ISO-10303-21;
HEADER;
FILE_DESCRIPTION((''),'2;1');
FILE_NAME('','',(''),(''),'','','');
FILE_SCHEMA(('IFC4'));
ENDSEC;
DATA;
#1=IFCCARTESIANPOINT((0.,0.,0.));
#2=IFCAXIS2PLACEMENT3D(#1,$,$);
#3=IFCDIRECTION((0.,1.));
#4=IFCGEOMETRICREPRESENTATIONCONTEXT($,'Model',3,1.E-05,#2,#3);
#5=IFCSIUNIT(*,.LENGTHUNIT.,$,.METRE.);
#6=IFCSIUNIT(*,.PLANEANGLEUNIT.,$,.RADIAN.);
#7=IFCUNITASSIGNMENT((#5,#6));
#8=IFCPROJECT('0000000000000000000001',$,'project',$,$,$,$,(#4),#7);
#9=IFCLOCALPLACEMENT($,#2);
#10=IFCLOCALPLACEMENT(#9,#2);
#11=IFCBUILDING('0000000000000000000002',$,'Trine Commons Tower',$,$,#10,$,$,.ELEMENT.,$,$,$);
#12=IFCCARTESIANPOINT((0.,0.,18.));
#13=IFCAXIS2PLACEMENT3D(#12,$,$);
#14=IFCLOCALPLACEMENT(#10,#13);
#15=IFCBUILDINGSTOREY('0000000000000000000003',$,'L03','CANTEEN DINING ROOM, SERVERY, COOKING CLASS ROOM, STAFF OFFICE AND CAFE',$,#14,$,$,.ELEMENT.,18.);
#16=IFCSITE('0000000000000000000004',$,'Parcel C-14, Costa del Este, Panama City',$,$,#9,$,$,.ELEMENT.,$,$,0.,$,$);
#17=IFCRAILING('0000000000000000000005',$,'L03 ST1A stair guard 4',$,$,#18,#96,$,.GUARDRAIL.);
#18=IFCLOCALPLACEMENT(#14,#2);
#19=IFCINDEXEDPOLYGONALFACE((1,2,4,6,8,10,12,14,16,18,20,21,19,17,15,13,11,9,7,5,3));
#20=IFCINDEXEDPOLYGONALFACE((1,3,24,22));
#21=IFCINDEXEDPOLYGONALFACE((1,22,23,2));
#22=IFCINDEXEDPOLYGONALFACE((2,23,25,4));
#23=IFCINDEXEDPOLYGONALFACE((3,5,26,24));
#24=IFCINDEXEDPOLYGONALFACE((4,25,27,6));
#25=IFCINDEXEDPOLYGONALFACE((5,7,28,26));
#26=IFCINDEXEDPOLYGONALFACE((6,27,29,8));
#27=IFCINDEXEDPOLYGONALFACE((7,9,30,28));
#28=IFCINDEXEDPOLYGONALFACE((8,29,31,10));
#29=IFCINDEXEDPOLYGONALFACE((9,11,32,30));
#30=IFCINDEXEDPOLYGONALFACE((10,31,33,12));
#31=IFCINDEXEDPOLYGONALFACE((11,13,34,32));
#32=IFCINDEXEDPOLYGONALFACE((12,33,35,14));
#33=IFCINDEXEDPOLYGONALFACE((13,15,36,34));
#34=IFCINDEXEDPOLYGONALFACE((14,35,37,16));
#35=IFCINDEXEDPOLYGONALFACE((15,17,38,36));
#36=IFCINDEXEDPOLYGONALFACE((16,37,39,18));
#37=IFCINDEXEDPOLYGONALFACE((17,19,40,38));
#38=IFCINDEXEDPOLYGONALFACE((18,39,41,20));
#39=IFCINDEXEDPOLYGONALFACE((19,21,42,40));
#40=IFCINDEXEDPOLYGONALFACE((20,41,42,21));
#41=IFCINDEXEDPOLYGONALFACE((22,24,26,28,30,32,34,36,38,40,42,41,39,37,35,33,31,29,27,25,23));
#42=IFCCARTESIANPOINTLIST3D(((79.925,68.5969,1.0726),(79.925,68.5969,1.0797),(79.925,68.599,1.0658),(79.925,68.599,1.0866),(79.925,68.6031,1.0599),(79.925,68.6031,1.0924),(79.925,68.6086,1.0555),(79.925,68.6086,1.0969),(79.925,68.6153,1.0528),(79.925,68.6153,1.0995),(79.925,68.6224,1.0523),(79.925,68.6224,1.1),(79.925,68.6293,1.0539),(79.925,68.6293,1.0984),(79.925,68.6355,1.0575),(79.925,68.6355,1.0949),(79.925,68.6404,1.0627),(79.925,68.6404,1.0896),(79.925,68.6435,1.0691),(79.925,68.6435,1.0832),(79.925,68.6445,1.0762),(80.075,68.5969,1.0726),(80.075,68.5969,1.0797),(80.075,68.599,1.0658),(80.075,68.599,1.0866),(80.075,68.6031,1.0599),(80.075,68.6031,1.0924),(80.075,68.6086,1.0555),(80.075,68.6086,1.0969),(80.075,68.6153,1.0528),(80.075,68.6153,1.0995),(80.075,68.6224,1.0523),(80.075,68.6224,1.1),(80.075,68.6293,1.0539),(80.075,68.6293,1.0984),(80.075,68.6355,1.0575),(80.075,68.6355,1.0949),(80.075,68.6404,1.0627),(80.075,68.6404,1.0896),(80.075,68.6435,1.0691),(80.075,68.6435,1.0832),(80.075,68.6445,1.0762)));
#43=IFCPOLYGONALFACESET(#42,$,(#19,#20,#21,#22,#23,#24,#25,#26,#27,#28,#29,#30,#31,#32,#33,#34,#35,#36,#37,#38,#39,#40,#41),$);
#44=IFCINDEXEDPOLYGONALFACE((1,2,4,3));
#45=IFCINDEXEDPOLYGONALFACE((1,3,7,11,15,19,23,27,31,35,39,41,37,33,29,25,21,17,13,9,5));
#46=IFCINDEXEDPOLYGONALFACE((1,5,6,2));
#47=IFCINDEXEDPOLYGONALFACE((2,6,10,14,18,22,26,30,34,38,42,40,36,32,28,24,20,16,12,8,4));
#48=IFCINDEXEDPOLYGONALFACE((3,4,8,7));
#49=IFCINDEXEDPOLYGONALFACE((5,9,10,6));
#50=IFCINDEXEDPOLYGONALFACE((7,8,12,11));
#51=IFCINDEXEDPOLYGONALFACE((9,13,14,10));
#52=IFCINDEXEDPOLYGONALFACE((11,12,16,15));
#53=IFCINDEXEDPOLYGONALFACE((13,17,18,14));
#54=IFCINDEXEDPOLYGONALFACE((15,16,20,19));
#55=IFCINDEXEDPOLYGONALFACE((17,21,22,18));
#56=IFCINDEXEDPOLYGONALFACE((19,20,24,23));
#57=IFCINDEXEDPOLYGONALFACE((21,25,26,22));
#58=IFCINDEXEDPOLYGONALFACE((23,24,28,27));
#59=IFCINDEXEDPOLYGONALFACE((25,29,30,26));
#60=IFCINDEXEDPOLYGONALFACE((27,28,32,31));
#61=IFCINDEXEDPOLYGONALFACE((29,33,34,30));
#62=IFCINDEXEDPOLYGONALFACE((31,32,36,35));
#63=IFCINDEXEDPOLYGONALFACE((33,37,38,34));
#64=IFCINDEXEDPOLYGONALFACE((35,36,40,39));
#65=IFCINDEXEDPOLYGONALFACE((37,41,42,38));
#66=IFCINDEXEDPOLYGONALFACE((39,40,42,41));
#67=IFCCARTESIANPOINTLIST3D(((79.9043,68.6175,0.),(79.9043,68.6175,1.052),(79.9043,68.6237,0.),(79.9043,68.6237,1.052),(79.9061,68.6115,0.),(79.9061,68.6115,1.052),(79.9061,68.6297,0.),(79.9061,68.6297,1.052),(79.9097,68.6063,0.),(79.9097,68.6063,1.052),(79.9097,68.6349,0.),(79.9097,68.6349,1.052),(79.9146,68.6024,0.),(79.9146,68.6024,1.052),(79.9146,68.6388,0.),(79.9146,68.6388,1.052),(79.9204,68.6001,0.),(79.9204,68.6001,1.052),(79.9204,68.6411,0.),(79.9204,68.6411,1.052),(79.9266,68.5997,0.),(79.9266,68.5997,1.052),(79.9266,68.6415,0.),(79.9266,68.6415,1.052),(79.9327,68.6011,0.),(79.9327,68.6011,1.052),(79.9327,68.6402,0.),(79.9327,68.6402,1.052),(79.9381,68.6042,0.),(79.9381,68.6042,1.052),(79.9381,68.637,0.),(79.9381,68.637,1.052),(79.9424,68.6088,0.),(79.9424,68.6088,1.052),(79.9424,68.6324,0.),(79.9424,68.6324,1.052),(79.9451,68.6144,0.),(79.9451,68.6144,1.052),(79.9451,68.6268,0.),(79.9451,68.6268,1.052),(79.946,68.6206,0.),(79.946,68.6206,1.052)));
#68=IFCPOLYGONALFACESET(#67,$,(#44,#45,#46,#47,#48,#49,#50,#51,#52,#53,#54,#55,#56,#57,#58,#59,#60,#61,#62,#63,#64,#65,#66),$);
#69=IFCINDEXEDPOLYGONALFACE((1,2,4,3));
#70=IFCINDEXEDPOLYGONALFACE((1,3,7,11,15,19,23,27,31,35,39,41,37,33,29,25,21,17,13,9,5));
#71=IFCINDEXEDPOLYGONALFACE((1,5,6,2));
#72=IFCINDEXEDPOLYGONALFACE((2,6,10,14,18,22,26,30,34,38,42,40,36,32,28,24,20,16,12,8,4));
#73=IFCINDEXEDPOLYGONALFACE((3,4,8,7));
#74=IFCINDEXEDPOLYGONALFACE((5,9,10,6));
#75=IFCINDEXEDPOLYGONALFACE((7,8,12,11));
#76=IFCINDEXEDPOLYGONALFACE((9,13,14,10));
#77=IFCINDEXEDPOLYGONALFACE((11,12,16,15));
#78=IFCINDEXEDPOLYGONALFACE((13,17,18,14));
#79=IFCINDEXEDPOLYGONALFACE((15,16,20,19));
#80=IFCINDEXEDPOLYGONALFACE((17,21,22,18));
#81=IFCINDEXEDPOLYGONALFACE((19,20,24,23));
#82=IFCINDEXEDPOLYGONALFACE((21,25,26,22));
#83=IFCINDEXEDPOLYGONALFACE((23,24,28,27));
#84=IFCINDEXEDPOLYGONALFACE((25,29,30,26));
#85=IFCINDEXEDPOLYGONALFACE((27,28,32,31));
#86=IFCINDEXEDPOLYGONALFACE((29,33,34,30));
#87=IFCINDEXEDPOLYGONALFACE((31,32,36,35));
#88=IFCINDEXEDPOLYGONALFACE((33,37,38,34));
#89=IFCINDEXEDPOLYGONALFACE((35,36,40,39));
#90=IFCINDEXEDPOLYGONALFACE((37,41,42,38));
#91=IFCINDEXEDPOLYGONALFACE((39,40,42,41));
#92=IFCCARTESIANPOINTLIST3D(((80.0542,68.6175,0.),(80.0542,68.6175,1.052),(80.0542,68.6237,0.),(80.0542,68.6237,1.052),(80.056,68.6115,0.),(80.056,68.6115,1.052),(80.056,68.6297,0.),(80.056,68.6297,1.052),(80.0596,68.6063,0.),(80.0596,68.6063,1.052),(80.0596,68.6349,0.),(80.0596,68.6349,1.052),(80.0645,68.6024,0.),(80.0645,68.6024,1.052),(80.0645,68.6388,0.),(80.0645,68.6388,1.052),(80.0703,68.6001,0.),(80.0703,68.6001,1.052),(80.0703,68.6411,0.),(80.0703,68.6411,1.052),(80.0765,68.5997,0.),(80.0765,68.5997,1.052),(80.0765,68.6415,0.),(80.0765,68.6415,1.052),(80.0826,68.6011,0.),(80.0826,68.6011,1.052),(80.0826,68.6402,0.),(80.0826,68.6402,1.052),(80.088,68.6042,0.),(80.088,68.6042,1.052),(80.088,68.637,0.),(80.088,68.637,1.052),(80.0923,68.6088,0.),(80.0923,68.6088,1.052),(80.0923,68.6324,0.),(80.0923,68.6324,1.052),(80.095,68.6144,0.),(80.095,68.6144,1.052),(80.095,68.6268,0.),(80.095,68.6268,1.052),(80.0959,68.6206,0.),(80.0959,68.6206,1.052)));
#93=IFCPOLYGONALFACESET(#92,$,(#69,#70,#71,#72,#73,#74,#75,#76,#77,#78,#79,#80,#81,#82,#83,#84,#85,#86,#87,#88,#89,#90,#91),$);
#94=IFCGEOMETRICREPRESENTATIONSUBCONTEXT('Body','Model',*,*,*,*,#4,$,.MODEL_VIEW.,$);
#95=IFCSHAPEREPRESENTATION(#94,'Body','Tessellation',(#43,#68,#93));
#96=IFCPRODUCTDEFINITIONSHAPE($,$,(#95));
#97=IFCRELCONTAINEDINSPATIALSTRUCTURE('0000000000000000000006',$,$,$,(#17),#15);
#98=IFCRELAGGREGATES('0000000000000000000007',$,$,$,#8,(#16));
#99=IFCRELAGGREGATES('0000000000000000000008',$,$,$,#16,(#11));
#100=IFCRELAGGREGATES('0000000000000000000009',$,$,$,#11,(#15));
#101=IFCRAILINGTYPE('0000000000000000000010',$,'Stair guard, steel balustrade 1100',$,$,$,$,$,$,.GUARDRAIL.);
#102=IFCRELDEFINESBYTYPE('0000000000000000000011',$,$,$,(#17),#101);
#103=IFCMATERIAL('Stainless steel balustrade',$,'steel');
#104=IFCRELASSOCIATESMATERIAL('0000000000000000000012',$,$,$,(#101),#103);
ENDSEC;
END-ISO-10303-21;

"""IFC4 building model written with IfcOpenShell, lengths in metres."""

from ifc_helpers import new_model, si_unit, direction, frame, origin, origin_2d, place, context, subcontext, project, spatial, circle, extrude, material, type_object, element, save


model = new_model("IFC4")

# Units and contexts
model_context = context("Model", 3, precision=1e-05, world=origin(), true_north=direction((0.0, 1.0)))
body_context = subcontext(model_context, "Body", "Model", "MODEL_VIEW")
ifc_project = project(units=[si_unit("LENGTHUNIT", "METRE"), si_unit("PLANEANGLEUNIT", "RADIAN")], contexts=[model_context])

# Site, building, storey
site_placement = place(None, origin())
site = spatial("IfcSite", under=ifc_project, at=site_placement, Name="Parcel C-14, Costa del Este, Panama City", CompositionType="ELEMENT", RefElevation=0.0)
building_placement = place(site_placement, origin())
building = spatial("IfcBuilding", under=site, at=building_placement, Name="Trine Commons Tower", CompositionType="ELEMENT")
storey_placement = place(building_placement, frame((0.0, 0.0, 18.0)))
storey = spatial("IfcBuildingStorey", under=building, at=storey_placement, Name="L03", Description="CANTEEN DINING ROOM, SERVERY, COOKING CLASS ROOM, STAFF OFFICE AND CAFE", CompositionType="ELEMENT", Elevation=18.0)

# Railing
ifc_material_1 = material(Name="Stainless steel balustrade", Category="steel")
railing_type_1 = type_object("IfcRailingType", Name="Stair guard, steel balustrade 1100", PredefinedType="GUARDRAIL", material=ifc_material_1)
railing_1_placement = place(storey_placement, frame((79.925, 68.6206, 0.0)))
element("IfcRailing", 1, at=railing_1_placement, inside=storey, type_object=railing_type_1, Name="L03 ST1A stair guard 4", PredefinedType="GUARDRAIL", context=body_context, shape_type="SweptSolid", body=[
    extrude(circle(Radius=0.0239, at=origin_2d()), frame((0.0, 0.0, 1.0762), z_axis=(1.0, 0.0, 0.0), x_axis=(0.0, 1.0, 0.0)), (0.0, 0.0, 1.0), 0.1499),
    extrude(circle(Radius=0.021, at=origin_2d()), origin(), (0.0, 0.0, 1.0), 1.052),
    extrude(circle(Radius=0.021, at=origin_2d()), frame((0.1499, 0.0, 0.0)), (0.0, 0.0, 1.0), 1.052),
])

save(model, "model.ifc")
